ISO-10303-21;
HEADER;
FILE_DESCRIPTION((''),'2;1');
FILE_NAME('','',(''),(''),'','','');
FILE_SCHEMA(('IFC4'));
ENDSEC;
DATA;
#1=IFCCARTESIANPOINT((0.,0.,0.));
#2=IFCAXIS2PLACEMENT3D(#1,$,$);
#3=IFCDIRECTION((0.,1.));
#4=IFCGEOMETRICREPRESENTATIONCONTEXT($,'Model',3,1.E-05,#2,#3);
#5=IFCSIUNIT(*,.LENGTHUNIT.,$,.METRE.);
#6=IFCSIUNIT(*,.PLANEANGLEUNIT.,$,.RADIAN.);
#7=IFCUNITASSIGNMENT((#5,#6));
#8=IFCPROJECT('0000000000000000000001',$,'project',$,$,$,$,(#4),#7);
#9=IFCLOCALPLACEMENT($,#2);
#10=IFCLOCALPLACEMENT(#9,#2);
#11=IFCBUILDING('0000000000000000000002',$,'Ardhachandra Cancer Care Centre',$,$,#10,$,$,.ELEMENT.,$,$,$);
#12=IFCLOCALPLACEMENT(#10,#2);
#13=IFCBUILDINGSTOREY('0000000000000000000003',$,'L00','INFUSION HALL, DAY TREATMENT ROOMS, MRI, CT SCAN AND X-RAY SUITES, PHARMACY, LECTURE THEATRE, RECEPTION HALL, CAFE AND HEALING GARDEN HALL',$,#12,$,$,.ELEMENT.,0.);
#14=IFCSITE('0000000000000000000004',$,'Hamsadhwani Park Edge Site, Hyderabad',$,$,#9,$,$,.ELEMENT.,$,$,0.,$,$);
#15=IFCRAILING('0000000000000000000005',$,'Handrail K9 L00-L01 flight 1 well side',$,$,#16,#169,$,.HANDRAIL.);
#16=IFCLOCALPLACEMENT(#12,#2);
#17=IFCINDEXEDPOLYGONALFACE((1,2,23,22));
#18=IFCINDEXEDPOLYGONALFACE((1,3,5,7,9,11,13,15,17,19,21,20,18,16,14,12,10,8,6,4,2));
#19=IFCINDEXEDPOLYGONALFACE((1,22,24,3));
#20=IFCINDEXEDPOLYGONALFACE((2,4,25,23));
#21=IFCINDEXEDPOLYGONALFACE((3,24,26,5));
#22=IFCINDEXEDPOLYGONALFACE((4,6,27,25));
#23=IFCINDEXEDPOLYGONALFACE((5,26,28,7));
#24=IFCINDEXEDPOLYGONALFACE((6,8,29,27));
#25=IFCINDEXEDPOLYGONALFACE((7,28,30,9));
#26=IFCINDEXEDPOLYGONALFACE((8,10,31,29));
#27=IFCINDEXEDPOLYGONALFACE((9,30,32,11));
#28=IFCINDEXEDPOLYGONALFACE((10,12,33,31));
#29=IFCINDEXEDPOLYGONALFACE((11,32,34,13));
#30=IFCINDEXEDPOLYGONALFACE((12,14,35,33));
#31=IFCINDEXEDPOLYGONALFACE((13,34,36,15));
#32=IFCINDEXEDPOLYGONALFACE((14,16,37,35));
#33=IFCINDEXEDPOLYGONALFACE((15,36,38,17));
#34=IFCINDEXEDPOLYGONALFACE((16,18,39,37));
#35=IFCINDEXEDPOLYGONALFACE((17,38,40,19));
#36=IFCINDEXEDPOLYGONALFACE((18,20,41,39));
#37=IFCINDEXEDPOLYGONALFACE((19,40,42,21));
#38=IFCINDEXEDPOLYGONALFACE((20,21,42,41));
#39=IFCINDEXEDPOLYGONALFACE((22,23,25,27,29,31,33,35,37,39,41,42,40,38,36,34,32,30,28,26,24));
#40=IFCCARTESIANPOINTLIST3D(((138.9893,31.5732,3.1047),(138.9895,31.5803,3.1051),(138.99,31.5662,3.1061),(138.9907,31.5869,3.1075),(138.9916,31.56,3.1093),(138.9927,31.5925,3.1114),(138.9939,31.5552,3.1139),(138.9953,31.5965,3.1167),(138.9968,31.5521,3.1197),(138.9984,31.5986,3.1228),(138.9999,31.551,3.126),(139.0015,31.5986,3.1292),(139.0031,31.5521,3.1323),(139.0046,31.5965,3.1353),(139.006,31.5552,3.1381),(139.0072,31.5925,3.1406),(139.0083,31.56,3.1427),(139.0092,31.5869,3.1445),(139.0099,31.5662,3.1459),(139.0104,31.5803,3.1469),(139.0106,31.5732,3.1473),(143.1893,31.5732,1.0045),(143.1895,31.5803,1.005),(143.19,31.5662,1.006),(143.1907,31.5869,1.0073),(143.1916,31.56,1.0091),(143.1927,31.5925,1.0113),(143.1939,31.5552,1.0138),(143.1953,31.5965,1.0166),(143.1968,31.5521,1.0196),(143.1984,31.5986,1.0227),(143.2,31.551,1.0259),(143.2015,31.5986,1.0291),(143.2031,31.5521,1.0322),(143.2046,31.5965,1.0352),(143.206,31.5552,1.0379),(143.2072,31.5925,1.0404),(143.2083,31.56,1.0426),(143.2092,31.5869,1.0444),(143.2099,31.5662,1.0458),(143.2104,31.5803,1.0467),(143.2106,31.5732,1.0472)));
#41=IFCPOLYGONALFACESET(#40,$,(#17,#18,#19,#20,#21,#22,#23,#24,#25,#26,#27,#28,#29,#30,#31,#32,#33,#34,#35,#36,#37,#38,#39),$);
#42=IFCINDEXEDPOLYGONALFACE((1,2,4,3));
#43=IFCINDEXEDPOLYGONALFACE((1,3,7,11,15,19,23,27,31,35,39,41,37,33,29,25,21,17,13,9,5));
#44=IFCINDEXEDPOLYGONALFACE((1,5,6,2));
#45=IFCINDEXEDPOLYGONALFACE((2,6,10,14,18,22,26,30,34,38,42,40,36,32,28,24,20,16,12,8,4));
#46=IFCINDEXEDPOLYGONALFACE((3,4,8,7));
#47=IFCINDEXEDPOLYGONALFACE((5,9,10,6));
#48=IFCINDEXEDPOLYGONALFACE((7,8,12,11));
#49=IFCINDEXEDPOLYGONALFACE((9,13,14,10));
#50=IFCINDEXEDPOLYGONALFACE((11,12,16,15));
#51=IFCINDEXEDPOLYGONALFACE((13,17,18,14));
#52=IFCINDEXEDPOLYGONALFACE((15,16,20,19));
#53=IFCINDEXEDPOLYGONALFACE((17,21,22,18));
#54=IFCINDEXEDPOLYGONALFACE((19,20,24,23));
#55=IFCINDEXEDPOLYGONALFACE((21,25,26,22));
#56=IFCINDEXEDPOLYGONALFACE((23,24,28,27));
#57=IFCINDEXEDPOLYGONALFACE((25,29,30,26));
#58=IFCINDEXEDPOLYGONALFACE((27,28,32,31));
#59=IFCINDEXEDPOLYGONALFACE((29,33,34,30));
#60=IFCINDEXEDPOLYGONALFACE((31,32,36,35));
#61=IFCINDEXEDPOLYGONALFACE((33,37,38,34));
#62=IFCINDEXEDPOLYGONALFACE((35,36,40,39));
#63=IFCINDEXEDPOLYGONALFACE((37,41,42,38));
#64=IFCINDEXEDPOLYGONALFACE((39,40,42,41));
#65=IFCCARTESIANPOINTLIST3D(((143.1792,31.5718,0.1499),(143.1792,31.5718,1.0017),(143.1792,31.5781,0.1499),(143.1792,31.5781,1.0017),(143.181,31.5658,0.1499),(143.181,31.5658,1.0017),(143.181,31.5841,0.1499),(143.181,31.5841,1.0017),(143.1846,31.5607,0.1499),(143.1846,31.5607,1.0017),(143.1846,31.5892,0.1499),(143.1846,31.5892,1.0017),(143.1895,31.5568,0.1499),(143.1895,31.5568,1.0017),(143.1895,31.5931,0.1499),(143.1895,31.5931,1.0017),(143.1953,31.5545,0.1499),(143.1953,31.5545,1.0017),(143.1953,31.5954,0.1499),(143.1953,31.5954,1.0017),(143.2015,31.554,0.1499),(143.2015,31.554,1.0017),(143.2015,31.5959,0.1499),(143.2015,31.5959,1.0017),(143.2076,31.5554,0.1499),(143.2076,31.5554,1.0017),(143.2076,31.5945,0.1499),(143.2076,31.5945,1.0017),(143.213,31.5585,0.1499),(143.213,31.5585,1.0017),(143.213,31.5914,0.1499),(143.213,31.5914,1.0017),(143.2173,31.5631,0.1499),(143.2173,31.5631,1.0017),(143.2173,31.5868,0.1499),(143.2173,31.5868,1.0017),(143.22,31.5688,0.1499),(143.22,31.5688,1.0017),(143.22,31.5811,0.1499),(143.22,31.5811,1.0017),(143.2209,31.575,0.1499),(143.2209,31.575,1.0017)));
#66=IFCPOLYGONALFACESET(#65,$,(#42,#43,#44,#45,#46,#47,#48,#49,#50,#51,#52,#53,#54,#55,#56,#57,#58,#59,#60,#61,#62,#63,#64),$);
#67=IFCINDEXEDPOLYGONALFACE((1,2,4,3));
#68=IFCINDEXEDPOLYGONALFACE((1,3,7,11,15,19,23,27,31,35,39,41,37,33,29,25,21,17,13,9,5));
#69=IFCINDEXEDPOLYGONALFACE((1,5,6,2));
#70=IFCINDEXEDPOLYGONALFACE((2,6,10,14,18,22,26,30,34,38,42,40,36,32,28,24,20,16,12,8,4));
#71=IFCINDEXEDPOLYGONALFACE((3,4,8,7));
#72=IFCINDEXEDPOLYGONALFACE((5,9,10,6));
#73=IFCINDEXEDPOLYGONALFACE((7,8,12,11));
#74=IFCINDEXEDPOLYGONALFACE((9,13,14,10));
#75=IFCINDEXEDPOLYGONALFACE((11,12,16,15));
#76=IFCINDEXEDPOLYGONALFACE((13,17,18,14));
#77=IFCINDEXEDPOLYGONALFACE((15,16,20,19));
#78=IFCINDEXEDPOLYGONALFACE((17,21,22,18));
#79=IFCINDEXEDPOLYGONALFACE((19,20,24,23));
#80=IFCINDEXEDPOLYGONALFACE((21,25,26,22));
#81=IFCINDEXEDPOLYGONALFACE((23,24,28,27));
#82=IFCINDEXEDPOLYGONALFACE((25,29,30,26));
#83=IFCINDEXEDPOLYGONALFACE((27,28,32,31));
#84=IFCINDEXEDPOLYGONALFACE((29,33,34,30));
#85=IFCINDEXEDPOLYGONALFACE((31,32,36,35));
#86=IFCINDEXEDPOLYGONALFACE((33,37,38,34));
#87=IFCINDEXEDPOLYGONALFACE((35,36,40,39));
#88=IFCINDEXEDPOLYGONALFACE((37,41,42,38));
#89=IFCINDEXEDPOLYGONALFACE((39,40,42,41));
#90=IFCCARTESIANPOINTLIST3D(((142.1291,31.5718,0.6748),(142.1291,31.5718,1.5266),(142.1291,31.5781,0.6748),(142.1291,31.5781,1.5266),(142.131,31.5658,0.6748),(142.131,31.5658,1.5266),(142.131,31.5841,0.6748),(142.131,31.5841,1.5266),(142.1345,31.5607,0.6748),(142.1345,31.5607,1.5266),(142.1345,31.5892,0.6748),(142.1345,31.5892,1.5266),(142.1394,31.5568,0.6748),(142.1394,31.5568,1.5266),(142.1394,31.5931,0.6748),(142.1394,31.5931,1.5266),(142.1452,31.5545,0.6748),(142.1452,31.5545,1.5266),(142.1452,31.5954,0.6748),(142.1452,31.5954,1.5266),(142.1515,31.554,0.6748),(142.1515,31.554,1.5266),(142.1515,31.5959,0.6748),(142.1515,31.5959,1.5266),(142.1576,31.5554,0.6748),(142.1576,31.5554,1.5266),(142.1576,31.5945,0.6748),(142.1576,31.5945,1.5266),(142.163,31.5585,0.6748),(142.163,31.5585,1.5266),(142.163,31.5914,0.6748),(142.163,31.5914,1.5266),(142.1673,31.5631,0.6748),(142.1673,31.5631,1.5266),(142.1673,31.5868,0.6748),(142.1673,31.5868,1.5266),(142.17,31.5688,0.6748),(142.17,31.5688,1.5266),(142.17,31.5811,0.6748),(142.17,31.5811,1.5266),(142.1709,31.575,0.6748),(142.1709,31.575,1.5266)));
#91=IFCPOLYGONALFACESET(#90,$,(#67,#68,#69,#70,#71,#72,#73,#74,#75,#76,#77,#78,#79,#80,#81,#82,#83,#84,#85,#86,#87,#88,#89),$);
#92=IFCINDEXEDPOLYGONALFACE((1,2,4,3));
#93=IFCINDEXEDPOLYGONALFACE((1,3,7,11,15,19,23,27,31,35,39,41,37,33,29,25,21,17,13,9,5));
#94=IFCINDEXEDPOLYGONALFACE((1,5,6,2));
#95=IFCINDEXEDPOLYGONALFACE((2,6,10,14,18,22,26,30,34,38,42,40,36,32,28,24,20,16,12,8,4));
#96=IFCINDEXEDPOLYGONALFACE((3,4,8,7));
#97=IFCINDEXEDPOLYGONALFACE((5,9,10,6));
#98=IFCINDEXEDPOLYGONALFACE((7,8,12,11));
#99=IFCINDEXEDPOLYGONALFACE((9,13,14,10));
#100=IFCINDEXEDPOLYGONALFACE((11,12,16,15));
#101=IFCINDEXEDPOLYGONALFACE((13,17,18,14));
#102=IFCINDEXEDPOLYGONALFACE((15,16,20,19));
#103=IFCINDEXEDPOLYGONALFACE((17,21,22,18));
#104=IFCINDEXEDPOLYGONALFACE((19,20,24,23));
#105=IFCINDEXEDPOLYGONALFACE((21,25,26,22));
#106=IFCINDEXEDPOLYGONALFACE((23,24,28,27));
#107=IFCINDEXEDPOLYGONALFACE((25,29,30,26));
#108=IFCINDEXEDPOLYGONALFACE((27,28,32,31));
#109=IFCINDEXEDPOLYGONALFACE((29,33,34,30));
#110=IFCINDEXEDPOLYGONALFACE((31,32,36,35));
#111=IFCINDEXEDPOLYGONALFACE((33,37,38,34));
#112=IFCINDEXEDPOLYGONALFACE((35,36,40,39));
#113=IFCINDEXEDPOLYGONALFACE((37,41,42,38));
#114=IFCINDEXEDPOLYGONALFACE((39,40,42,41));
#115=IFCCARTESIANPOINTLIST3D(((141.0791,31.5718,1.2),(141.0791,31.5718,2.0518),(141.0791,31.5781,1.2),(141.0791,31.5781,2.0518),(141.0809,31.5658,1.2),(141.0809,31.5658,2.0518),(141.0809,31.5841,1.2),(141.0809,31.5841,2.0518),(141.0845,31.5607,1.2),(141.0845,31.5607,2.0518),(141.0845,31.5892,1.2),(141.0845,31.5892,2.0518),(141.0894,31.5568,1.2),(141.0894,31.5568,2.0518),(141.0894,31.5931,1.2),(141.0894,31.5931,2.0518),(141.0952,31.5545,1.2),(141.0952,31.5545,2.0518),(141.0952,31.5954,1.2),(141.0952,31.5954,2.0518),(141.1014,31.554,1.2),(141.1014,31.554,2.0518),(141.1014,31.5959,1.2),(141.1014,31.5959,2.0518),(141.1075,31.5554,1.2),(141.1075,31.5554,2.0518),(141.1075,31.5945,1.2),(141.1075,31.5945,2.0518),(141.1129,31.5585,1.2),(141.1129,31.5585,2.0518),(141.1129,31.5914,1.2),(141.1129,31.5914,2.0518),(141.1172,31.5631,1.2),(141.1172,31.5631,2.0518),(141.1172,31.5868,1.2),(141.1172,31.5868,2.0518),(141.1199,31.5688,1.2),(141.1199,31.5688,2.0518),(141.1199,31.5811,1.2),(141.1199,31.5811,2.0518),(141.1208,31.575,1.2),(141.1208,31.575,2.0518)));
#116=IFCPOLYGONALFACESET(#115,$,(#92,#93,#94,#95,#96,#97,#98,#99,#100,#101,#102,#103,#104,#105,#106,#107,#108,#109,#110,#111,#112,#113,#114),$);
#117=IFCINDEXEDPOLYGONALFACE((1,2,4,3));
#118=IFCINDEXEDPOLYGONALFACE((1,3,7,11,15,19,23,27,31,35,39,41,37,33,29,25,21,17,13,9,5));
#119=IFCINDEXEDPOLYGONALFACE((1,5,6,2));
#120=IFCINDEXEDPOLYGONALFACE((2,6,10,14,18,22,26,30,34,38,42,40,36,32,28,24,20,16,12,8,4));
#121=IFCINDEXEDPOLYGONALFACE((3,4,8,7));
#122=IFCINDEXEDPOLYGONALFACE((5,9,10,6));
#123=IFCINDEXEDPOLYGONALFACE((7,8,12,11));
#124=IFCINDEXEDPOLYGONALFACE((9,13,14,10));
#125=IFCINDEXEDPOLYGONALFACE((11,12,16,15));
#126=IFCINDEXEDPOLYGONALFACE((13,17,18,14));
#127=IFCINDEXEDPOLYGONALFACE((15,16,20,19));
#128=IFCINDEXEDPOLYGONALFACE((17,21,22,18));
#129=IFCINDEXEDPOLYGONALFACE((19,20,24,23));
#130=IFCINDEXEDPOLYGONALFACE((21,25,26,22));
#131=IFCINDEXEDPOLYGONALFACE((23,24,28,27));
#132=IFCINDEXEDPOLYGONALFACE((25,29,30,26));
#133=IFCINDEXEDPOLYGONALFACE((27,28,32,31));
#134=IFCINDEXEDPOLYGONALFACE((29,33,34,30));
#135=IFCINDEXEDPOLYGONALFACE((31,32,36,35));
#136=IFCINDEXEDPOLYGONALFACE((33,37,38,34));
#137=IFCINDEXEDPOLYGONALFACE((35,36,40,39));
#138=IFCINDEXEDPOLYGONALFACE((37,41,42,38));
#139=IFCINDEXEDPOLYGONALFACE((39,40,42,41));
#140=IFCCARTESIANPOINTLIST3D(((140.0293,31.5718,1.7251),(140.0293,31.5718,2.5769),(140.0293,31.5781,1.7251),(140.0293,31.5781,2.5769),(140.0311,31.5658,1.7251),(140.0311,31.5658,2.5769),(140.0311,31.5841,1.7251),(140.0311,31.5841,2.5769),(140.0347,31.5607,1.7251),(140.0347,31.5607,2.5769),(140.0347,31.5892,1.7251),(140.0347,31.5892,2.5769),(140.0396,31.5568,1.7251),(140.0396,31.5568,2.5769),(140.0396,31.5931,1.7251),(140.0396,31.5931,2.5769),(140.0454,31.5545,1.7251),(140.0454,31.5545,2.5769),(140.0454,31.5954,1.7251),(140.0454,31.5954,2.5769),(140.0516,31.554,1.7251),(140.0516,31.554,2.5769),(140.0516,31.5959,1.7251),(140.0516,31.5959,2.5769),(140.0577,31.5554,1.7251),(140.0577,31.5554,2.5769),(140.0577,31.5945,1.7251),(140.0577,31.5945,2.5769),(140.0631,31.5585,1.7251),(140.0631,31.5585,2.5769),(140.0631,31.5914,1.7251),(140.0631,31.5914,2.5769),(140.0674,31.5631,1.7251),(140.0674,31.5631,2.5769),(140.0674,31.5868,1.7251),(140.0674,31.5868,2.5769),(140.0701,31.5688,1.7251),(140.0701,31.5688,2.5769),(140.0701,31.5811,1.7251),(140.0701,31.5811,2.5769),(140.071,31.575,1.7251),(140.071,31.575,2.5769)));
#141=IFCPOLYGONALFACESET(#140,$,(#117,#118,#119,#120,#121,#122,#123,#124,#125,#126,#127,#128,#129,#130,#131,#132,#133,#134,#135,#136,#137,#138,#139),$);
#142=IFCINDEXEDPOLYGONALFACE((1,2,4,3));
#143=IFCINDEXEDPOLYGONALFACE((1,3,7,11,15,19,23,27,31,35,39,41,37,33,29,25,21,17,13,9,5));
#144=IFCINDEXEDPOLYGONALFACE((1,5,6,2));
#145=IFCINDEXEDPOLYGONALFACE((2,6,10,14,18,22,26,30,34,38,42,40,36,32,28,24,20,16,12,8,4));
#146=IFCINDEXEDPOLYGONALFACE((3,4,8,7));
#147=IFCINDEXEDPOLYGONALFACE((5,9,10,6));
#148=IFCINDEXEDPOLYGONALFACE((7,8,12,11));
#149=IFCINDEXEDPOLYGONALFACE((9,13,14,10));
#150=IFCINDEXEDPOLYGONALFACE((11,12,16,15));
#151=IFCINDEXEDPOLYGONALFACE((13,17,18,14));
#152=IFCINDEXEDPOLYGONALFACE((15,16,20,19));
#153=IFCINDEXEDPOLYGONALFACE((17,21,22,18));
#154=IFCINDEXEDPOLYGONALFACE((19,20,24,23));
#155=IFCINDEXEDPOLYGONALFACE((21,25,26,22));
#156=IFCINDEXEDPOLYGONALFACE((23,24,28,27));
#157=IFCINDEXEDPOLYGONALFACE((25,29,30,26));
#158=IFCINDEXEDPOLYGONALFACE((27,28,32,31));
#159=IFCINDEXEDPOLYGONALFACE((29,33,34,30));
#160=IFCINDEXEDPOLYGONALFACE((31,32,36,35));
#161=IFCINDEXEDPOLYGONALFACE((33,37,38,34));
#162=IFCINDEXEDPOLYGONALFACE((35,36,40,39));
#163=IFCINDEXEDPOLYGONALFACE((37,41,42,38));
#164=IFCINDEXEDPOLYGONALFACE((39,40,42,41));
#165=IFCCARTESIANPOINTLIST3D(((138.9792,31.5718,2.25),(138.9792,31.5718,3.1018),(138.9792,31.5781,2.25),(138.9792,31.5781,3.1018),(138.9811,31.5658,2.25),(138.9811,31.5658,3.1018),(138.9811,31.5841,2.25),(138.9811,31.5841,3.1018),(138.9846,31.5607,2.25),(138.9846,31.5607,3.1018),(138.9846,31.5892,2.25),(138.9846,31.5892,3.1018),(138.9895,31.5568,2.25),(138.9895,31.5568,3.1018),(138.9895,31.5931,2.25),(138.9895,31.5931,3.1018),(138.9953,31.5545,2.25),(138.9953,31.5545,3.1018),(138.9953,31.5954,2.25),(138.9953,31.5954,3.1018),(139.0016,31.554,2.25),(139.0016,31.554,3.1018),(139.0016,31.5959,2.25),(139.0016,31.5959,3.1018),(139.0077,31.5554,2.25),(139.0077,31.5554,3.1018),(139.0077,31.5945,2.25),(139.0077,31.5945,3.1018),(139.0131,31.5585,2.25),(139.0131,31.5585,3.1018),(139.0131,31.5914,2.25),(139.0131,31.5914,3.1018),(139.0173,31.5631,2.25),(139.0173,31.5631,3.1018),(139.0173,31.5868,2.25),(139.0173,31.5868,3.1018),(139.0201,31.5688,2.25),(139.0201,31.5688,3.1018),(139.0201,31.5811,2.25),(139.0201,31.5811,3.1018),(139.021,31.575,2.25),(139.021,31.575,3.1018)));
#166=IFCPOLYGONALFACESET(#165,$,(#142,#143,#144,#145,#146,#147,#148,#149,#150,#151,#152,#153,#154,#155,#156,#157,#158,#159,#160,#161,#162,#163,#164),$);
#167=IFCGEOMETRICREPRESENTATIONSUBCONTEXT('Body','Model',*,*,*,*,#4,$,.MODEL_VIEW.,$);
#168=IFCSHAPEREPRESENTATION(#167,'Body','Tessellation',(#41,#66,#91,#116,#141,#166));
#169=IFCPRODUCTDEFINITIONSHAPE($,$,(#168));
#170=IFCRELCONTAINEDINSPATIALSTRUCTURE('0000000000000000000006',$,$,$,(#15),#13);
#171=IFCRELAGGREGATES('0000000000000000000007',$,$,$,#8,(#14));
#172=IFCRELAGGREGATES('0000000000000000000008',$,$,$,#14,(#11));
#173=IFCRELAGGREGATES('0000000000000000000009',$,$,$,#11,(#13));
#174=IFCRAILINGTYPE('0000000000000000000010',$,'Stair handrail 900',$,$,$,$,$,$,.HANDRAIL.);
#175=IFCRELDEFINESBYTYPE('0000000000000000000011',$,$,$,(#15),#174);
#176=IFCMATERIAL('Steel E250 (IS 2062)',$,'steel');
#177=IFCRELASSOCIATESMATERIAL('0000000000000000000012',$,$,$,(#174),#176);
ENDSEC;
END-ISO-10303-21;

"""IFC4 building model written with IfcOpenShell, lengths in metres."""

from ifc_helpers import new_model, si_unit, direction, frame, origin, origin_2d, place, context, subcontext, project, spatial, circle, extrude, material, type_object, element, save


model = new_model("IFC4")

# Units and contexts
model_context = context("Model", 3, precision=1e-05, world=origin(), true_north=direction((0.0, 1.0)))
body_context = subcontext(model_context, "Body", "Model", "MODEL_VIEW")
ifc_project = project(units=[si_unit("LENGTHUNIT", "METRE"), si_unit("PLANEANGLEUNIT", "RADIAN")], contexts=[model_context])

# Site, building, storey
site_placement = place(None, origin())
site = spatial("IfcSite", under=ifc_project, at=site_placement, Name="Hamsadhwani Park Edge Site, Hyderabad", CompositionType="ELEMENT", RefElevation=0.0)
building_placement = place(site_placement, origin())
building = spatial("IfcBuilding", under=site, at=building_placement, Name="Ardhachandra Cancer Care Centre", CompositionType="ELEMENT")
storey_placement = place(building_placement, origin())
storey = spatial("IfcBuildingStorey", under=building, at=storey_placement, Name="L00", Description="INFUSION HALL, DAY TREATMENT ROOMS, MRI, CT SCAN AND X-RAY SUITES, PHARMACY, LECTURE THEATRE, RECEPTION HALL, CAFE AND HEALING GARDEN HALL", CompositionType="ELEMENT", Elevation=0.0)

# Railing
ifc_material_1 = material(Name="Steel E250 (IS 2062)", Category="steel")
railing_type_1 = type_object("IfcRailingType", Name="Stair handrail 900", PredefinedType="HANDRAIL", material=ifc_material_1)
for number, where, name in (
    (1, (143.2, 31.575, 0.1499), "Handrail K9 L00-L01 flight 1 well side"),
):
    element("IfcRailing", number, at=place(storey_placement, frame(where)), inside=storey, type_object=railing_type_1, Name=name, PredefinedType="HANDRAIL", context=body_context, shape_type="SweptSolid", body=[
        extrude(circle(Radius=0.0239, at=origin_2d()), frame((0.0, 0.0, 0.876), z_axis=(-0.894417, 0.0, 0.447234), x_axis=(0.0, -1.0, 0.0)), (0.0, 0.0, 1.0), 4.6958),
        extrude(circle(Radius=0.021, at=origin_2d()), origin(), (0.0, 0.0, 1.0), 0.8518),
        extrude(circle(Radius=0.021, at=origin_2d()), frame((-1.05, 0.0, 0.5249)), (0.0, 0.0, 1.0), 0.8518),
        extrude(circle(Radius=0.021, at=origin_2d()), frame((-2.1001, 0.0, 1.05)), (0.0, 0.0, 1.0), 0.8518),
        extrude(circle(Radius=0.021, at=origin_2d()), frame((-3.1499, 0.0, 1.5752)), (0.0, 0.0, 1.0), 0.8518),
        extrude(circle(Radius=0.021, at=origin_2d()), frame((-4.2, 0.0, 2.1001)), (0.0, 0.0, 1.0), 0.8518),
    ])

save(model, "model.ifc")
